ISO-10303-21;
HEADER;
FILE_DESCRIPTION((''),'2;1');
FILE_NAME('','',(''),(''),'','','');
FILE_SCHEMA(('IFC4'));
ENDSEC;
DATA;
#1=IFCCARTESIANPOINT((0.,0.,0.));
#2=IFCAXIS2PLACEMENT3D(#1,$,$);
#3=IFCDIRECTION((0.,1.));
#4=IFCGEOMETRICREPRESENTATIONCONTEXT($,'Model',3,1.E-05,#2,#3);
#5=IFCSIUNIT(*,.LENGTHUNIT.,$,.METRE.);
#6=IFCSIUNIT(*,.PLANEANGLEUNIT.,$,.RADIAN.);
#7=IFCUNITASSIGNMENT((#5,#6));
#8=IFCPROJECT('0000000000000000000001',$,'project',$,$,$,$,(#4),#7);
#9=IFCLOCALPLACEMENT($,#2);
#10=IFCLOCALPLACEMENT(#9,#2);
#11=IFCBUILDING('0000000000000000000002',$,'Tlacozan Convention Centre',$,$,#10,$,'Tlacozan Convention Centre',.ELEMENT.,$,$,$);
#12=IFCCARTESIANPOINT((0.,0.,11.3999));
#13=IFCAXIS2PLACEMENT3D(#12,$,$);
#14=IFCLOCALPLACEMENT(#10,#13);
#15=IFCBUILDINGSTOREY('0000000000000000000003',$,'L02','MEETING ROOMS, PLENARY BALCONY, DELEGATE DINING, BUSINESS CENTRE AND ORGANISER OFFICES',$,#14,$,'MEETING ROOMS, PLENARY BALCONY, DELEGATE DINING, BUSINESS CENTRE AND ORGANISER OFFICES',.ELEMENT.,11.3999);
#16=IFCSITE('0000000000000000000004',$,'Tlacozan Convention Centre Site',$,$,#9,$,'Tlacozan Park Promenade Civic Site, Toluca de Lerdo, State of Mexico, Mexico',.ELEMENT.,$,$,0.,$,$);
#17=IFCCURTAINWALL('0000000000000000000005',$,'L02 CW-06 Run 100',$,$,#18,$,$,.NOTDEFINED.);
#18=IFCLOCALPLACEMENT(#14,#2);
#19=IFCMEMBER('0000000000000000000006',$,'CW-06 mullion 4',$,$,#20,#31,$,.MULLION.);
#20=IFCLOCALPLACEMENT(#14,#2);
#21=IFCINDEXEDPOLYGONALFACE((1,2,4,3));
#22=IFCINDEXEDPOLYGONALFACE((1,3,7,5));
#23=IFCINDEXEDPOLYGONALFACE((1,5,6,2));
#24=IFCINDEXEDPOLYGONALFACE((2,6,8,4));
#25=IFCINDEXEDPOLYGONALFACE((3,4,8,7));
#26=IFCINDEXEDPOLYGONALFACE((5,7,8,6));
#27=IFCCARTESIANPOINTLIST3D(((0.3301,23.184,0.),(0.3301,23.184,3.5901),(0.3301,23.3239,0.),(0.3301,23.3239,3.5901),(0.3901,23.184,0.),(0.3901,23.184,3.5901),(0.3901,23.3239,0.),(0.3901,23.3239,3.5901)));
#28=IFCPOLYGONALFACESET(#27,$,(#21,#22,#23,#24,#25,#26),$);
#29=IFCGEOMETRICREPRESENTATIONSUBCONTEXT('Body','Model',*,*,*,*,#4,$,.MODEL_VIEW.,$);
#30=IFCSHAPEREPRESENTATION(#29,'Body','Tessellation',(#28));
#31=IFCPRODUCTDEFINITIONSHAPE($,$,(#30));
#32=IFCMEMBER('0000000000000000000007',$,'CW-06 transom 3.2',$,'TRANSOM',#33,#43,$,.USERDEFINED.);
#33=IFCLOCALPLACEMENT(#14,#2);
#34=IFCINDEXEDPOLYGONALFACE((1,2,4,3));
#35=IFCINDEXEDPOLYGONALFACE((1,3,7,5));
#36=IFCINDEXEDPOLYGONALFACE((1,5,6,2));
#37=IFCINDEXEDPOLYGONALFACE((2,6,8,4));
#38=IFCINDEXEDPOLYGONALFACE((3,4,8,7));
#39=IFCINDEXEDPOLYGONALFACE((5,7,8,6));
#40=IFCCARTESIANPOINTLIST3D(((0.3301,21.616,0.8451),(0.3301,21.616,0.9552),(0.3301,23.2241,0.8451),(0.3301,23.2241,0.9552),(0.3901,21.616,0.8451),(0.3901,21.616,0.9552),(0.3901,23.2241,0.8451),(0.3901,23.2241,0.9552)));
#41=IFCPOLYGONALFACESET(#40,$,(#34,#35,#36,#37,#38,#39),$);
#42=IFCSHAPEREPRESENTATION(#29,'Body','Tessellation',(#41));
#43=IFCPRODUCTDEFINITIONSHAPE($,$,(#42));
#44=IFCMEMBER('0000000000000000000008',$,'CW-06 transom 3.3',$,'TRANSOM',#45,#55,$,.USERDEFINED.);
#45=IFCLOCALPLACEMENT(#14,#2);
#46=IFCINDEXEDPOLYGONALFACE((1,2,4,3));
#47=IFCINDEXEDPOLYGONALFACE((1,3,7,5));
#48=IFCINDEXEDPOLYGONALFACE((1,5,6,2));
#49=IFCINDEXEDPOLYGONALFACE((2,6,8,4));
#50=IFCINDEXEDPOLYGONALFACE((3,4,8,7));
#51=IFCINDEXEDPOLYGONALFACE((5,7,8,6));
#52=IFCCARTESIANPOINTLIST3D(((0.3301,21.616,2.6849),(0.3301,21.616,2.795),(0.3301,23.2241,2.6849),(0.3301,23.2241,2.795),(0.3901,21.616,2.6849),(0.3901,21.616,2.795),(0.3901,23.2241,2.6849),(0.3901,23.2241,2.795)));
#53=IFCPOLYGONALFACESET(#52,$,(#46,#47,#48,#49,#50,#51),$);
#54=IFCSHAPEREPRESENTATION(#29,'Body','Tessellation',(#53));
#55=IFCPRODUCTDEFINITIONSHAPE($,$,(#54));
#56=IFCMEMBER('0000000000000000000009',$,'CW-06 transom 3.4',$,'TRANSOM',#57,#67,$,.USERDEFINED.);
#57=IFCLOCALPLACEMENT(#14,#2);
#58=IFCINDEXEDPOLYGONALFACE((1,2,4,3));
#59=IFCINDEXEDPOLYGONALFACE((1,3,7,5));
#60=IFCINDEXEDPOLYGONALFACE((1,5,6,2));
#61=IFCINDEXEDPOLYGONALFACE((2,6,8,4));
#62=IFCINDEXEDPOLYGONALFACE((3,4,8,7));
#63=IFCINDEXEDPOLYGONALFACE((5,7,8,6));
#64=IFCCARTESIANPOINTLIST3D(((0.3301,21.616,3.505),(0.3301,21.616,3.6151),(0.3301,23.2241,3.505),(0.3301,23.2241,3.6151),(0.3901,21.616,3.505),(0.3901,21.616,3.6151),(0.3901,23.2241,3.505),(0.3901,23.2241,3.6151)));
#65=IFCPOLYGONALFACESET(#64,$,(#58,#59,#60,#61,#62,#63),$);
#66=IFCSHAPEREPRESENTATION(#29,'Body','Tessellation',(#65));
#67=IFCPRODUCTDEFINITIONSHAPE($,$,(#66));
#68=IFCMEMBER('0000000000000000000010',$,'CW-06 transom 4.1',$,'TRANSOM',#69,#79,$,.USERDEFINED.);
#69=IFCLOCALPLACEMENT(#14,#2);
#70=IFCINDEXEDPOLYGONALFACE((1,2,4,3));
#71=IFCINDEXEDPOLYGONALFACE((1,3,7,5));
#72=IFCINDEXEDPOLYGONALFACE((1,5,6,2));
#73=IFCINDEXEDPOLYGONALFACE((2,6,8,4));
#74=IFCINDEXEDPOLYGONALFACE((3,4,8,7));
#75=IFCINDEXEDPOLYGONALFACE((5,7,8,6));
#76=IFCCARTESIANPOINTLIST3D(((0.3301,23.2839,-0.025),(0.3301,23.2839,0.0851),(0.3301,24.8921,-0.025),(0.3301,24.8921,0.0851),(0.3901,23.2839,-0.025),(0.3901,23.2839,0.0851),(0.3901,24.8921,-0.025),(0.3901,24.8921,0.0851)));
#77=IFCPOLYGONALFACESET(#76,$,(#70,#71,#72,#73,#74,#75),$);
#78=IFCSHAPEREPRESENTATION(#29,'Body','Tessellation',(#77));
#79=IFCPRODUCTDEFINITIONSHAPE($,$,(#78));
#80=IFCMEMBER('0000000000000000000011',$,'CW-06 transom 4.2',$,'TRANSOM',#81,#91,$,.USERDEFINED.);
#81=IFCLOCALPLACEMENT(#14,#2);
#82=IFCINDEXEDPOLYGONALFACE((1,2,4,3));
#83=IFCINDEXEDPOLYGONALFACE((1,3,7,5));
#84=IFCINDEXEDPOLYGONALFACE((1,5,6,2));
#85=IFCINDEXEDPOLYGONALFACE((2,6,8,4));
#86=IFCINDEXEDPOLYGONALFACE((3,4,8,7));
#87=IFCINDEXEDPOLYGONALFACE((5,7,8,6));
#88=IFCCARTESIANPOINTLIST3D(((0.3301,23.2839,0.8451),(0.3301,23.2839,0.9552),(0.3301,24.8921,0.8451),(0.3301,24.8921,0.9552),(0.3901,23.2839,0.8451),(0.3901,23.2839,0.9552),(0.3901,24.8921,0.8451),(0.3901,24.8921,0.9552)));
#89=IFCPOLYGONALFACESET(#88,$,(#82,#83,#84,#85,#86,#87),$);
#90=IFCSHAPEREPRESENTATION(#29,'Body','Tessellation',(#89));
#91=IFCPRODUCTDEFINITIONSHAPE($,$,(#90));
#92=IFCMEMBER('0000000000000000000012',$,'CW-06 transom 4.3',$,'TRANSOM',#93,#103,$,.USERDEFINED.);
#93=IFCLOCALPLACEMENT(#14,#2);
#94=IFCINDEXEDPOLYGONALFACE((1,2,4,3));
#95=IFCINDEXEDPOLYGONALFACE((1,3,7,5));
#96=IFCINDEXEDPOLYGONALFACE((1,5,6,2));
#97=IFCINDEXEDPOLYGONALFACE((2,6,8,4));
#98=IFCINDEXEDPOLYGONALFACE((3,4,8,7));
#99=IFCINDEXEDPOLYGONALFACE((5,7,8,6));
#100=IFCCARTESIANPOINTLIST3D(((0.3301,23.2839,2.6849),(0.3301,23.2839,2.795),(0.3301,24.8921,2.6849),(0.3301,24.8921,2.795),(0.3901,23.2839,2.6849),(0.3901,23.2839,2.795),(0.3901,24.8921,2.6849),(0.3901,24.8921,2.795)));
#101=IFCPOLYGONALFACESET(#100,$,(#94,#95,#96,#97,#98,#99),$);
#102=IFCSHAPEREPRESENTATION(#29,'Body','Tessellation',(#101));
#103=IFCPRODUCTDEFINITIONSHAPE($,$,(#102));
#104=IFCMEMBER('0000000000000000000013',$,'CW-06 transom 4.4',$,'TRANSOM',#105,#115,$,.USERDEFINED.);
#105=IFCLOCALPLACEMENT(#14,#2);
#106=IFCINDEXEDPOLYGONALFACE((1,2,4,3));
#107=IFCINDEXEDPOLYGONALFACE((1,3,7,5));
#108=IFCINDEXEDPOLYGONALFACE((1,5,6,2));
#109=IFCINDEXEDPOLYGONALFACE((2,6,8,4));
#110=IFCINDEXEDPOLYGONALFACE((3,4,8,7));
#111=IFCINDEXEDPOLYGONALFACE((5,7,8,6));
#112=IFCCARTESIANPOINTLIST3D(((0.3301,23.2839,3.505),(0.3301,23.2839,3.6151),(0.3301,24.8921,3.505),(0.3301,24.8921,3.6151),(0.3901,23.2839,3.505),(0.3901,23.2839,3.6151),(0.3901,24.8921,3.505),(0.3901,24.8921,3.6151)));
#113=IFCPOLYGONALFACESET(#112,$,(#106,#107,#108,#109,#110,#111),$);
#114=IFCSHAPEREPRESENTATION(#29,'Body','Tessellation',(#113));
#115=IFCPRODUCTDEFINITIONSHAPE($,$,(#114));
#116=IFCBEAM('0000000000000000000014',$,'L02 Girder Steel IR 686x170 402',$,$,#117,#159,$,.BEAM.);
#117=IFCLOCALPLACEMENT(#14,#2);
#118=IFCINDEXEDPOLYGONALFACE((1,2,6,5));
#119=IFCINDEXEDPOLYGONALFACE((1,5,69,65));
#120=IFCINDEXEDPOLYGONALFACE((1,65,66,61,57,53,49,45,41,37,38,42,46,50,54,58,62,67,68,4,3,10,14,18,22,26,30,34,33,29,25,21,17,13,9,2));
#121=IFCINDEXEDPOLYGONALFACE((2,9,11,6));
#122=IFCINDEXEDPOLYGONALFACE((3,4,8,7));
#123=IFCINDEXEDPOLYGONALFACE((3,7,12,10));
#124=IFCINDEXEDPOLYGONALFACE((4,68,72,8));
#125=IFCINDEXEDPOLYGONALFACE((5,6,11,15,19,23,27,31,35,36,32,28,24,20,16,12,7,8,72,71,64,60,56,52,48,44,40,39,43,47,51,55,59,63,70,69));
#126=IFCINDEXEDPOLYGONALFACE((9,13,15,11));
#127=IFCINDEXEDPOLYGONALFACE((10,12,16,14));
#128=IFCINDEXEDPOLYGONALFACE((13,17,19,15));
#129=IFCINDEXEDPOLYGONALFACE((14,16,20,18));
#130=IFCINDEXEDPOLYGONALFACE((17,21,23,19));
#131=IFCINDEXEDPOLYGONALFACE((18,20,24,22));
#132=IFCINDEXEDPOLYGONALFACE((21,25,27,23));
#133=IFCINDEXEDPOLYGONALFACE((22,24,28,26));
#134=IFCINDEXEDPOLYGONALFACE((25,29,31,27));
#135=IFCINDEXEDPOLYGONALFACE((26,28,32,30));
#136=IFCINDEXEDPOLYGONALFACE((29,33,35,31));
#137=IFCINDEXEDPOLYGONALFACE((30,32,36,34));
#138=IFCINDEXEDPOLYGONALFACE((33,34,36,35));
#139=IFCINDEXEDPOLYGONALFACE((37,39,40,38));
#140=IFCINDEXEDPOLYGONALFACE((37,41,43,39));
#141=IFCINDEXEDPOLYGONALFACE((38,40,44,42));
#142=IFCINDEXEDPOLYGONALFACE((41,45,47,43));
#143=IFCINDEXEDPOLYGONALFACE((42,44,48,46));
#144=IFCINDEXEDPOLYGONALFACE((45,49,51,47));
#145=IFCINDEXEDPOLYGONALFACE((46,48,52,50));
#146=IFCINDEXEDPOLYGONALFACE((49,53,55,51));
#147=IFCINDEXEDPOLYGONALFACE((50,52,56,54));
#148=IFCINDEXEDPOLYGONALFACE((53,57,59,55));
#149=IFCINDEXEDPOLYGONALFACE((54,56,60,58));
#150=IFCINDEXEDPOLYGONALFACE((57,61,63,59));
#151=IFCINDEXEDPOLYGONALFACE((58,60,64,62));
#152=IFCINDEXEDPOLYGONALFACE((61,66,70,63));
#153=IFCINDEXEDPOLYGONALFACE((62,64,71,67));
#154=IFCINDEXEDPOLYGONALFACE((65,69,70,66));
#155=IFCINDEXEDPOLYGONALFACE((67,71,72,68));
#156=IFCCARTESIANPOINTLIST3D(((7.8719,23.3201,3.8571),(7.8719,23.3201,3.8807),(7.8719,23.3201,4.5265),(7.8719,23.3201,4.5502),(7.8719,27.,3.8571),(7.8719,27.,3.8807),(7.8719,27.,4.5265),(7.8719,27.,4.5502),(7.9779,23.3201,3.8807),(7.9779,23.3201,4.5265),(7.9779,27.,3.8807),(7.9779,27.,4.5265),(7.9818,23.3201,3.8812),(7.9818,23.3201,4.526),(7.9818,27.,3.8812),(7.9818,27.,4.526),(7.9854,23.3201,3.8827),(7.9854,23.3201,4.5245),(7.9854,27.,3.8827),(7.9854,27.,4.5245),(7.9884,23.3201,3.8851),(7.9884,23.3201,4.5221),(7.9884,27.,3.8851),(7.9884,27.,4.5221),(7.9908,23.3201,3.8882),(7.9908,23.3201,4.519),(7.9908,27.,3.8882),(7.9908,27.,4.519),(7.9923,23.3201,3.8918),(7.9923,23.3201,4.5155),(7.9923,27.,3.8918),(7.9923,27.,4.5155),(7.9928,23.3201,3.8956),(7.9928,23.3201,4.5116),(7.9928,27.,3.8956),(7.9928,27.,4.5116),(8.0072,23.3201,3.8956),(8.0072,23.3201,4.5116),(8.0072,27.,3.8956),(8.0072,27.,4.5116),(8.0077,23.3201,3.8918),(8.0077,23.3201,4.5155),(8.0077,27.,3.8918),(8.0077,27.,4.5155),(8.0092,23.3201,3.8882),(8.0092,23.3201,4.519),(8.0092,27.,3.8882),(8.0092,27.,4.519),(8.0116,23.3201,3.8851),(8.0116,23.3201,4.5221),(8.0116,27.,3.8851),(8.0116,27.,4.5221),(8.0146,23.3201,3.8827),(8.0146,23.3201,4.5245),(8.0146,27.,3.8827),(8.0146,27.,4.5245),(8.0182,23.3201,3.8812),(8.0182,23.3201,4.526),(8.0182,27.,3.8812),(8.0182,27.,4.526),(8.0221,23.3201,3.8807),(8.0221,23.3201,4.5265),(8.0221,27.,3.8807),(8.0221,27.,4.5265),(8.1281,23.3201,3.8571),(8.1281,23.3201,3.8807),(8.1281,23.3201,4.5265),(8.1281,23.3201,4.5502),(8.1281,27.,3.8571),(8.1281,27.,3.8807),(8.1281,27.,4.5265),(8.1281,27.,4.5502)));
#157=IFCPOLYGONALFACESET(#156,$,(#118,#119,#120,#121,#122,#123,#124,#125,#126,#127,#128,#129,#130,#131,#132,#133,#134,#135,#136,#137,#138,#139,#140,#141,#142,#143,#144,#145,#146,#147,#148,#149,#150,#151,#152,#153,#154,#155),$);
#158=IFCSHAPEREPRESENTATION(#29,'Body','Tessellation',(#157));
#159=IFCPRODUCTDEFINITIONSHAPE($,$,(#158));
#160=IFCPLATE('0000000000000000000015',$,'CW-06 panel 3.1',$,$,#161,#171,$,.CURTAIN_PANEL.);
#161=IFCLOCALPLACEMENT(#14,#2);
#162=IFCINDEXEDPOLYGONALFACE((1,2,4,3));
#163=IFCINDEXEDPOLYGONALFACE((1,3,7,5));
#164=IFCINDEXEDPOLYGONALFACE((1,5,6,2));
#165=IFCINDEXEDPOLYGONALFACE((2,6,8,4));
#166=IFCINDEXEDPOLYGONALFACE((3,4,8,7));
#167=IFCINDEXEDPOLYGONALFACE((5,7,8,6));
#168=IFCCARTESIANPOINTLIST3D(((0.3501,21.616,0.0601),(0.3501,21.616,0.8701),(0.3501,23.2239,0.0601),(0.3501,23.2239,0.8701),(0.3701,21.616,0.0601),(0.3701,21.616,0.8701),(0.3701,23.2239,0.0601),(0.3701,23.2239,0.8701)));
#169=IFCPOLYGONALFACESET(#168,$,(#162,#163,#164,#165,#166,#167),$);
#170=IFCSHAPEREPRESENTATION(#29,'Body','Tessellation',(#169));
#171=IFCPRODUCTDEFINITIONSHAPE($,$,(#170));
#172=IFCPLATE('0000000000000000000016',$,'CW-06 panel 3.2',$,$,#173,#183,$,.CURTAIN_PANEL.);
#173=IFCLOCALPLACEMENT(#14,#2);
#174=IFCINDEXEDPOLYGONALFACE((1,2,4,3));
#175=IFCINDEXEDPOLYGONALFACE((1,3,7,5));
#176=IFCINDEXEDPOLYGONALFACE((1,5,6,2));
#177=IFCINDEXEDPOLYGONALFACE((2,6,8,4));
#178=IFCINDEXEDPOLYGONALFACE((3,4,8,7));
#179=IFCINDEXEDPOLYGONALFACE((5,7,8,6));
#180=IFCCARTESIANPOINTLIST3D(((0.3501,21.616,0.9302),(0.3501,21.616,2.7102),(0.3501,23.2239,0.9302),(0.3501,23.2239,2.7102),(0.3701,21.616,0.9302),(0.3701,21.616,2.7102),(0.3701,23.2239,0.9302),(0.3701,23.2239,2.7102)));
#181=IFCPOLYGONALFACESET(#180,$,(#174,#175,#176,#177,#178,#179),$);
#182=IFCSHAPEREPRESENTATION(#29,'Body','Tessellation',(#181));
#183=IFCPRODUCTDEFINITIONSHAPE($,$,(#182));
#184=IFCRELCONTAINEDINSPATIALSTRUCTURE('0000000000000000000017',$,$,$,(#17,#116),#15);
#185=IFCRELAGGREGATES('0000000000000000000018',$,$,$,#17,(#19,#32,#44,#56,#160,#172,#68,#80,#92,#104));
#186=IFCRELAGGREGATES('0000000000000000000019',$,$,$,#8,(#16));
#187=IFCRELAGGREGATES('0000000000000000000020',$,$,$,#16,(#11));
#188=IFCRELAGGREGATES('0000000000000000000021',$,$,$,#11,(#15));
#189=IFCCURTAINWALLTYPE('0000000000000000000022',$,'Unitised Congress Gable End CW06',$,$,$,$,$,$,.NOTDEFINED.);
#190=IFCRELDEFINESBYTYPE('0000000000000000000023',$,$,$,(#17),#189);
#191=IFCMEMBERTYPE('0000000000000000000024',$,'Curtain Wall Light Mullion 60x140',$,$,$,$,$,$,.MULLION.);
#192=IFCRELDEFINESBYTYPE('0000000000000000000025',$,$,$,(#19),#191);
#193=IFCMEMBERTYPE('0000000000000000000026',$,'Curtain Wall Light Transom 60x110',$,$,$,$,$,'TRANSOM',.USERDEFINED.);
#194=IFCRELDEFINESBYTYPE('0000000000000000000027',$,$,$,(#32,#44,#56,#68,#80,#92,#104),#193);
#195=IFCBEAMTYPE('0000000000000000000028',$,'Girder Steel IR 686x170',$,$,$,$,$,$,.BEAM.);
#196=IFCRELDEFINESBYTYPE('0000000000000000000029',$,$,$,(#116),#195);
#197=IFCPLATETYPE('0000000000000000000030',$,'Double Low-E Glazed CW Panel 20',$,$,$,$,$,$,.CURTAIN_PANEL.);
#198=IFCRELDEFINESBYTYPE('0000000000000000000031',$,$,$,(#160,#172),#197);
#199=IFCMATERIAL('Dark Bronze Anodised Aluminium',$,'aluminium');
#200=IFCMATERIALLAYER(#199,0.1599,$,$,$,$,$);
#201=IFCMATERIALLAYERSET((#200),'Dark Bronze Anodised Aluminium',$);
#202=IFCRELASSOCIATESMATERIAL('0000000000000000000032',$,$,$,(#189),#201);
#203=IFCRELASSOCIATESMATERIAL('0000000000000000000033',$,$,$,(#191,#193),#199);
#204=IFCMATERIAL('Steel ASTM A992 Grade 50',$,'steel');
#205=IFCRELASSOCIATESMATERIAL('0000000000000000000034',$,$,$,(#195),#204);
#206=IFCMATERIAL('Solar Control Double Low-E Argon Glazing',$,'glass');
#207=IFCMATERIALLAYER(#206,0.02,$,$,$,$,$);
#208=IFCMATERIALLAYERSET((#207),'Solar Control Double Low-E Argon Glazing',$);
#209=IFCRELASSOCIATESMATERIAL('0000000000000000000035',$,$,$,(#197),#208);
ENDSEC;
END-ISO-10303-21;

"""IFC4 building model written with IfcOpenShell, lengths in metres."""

from ifc_helpers import new_model, si_unit, direction, frame, origin, origin_2d, place, context, subcontext, project, spatial, rectangle, i_section, extrude, material, layer, layer_set, material_profile, profile_set, type_object, element, aggregate, save


model = new_model("IFC4")

# Units and contexts
model_context = context("Model", 3, precision=1e-05, world=origin(), true_north=direction((0.0, 1.0)))
body_context = subcontext(model_context, "Body", "Model", "MODEL_VIEW")
ifc_project = project(units=[si_unit("LENGTHUNIT", "METRE"), si_unit("PLANEANGLEUNIT", "RADIAN")], contexts=[model_context])

# Site, building, storey
site_placement = place(None, origin())
site = spatial("IfcSite", under=ifc_project, at=site_placement, Name="Tlacozan Convention Centre Site", LongName="Tlacozan Park Promenade Civic Site, Toluca de Lerdo, State of Mexico, Mexico", CompositionType="ELEMENT", RefElevation=0.0)
building_placement = place(site_placement, origin())
building = spatial("IfcBuilding", under=site, at=building_placement, Name="Tlacozan Convention Centre", LongName="Tlacozan Convention Centre", CompositionType="ELEMENT")
storey_placement = place(building_placement, frame((0.0, 0.0, 11.3999)))
storey = spatial("IfcBuildingStorey", under=building, at=storey_placement, Name="L02", Description="MEETING ROOMS, PLENARY BALCONY, DELEGATE DINING, BUSINESS CENTRE AND ORGANISER OFFICES", LongName="MEETING ROOMS, PLENARY BALCONY, DELEGATE DINING, BUSINESS CENTRE AND ORGANISER OFFICES", CompositionType="ELEMENT", Elevation=11.3999)

# Curtain wall, members
ifc_material_1 = material(Name="Dark Bronze Anodised Aluminium", Category="aluminium")
ifc_layer_1 = layer(ifc_material_1, 0.1599)
ifc_layer_set_1 = layer_set([ifc_layer_1], Name="Dark Bronze Anodised Aluminium")
curtain_wall_type = type_object("IfcCurtainWallType", Name="Unitised Congress Gable End CW06", PredefinedType="NOTDEFINED", material=ifc_layer_set_1)
curtain_wall_placement = place(storey_placement, origin())
curtain_wall = element("IfcCurtainWall", 1, at=curtain_wall_placement, inside=storey, type_object=curtain_wall_type, Name="L02 CW-06 Run 100", PredefinedType="NOTDEFINED")
ifc_material_profile_1 = material_profile(ifc_material_1, rectangle(XDim=0.0601, YDim=0.1399, at=origin_2d()), Name="ALU 60x140")
ifc_profile_set_1 = profile_set([ifc_material_profile_1], Name="Dark Bronze Anodised Aluminium")
member_type_1 = type_object("IfcMemberType", Name="Curtain Wall Light Mullion 60x140", PredefinedType="MULLION", material=ifc_profile_set_1)
member_1_placement = place(storey_placement, frame((0.3601, 23.2539, 0.0), z_axis=(0.0, 0.0, 1.0), x_axis=(-1.0, 0.0, 0.0)))
member_1 = element("IfcMember", 2, at=member_1_placement, type_object=member_type_1, Name="CW-06 mullion 4", PredefinedType="MULLION", context=body_context, shape_type="SweptSolid", body=[
    extrude(rectangle(XDim=0.0601, YDim=0.1399, at=origin_2d()), origin(), (0.0, 0.0, 1.0), 3.5901),
])
ifc_material_profile_2 = material_profile(ifc_material_1, rectangle(XDim=0.0601, YDim=0.1101, at=origin_2d()), Name="ALU 60x110")
ifc_profile_set_2 = profile_set([ifc_material_profile_2], Name="Dark Bronze Anodised Aluminium")
member_type_2 = type_object("IfcMemberType", Name="Curtain Wall Light Transom 60x110", ElementType="TRANSOM", PredefinedType="USERDEFINED", material=ifc_profile_set_2)
member_2_placement = place(storey_placement, frame((0.3601, 21.616, 0.9001), z_axis=(0.0, 1.0, 0.0), x_axis=(-1.0, 0.0, 0.0)))
member_2 = element("IfcMember", 3, at=member_2_placement, type_object=member_type_2, Name="CW-06 transom 3.2", ObjectType="TRANSOM", PredefinedType="USERDEFINED", context=body_context, shape_type="SweptSolid", body=[
    extrude(rectangle(XDim=0.0601, YDim=0.1101, at=origin_2d()), origin(), (0.0, 0.0, 1.0), 1.6082),
])
member_3_placement = place(storey_placement, frame((0.3601, 21.616, 2.74), z_axis=(0.0, 1.0, 0.0), x_axis=(-1.0, 0.0, 0.0)))
member_3 = element("IfcMember", 4, at=member_3_placement, type_object=member_type_2, Name="CW-06 transom 3.3", ObjectType="TRANSOM", PredefinedType="USERDEFINED", context=body_context, shape_type="SweptSolid", body=[
    extrude(rectangle(XDim=0.0601, YDim=0.1101, at=origin_2d()), origin(), (0.0, 0.0, 1.0), 1.6082),
])
member_4_placement = place(storey_placement, frame((0.3601, 21.616, 3.5601), z_axis=(0.0, 1.0, 0.0), x_axis=(-1.0, 0.0, 0.0)))
member_4 = element("IfcMember", 5, at=member_4_placement, type_object=member_type_2, Name="CW-06 transom 3.4", ObjectType="TRANSOM", PredefinedType="USERDEFINED", context=body_context, shape_type="SweptSolid", body=[
    extrude(rectangle(XDim=0.0601, YDim=0.1101, at=origin_2d()), origin(), (0.0, 0.0, 1.0), 1.6082),
])
member_5_placement = place(storey_placement, frame((0.3601, 23.2839, 0.03), z_axis=(0.0, 1.0, 0.0), x_axis=(-1.0, 0.0, 0.0)))
member_5 = element("IfcMember", 6, at=member_5_placement, type_object=member_type_2, Name="CW-06 transom 4.1", ObjectType="TRANSOM", PredefinedType="USERDEFINED", context=body_context, shape_type="SweptSolid", body=[
    extrude(rectangle(XDim=0.0601, YDim=0.1101, at=origin_2d()), origin(), (0.0, 0.0, 1.0), 1.6082),
])
member_6_placement = place(storey_placement, frame((0.3601, 23.2839, 0.9001), z_axis=(0.0, 1.0, 0.0), x_axis=(-1.0, 0.0, 0.0)))
member_6 = element("IfcMember", 7, at=member_6_placement, type_object=member_type_2, Name="CW-06 transom 4.2", ObjectType="TRANSOM", PredefinedType="USERDEFINED", context=body_context, shape_type="SweptSolid", body=[
    extrude(rectangle(XDim=0.0601, YDim=0.1101, at=origin_2d()), origin(), (0.0, 0.0, 1.0), 1.6082),
])
member_7_placement = place(storey_placement, frame((0.3601, 23.2839, 2.74), z_axis=(0.0, 1.0, 0.0), x_axis=(-1.0, 0.0, 0.0)))
member_7 = element("IfcMember", 8, at=member_7_placement, type_object=member_type_2, Name="CW-06 transom 4.3", ObjectType="TRANSOM", PredefinedType="USERDEFINED", context=body_context, shape_type="SweptSolid", body=[
    extrude(rectangle(XDim=0.0601, YDim=0.1101, at=origin_2d()), origin(), (0.0, 0.0, 1.0), 1.6082),
])
member_8_placement = place(storey_placement, frame((0.3601, 23.2839, 3.5601), z_axis=(0.0, 1.0, 0.0), x_axis=(-1.0, 0.0, 0.0)))
member_8 = element("IfcMember", 9, at=member_8_placement, type_object=member_type_2, Name="CW-06 transom 4.4", ObjectType="TRANSOM", PredefinedType="USERDEFINED", context=body_context, shape_type="SweptSolid", body=[
    extrude(rectangle(XDim=0.0601, YDim=0.1101, at=origin_2d()), origin(), (0.0, 0.0, 1.0), 1.6082),
])

# Beam
ifc_material_2 = material(Name="Steel ASTM A992 Grade 50", Category="steel")
ifc_material_profile_3 = material_profile(ifc_material_2, i_section(OverallWidth=0.2561, OverallDepth=0.6931, WebThickness=0.0144, FlangeThickness=0.0237, FilletRadius=0.0149, at=origin_2d()), Name="IR 686x170.0")
ifc_profile_set_3 = profile_set([ifc_material_profile_3], Name="Steel ASTM A992 Grade 50")
beam_type = type_object("IfcBeamType", Name="Girder Steel IR 686x170", PredefinedType="BEAM", material=ifc_profile_set_3)
beam_placement = place(storey_placement, frame((8.0, 23.3201, 4.2036), z_axis=(0.0, 1.0, 0.0), x_axis=(-1.0, 0.0, 0.0)))
element("IfcBeam", 10, at=beam_placement, inside=storey, type_object=beam_type, Name="L02 Girder Steel IR 686x170 402", PredefinedType="BEAM", context=body_context, shape_type="SweptSolid", body=[
    extrude(i_section(OverallWidth=0.2561, OverallDepth=0.6931, WebThickness=0.0144, FlangeThickness=0.0237, FilletRadius=0.0149, at=origin_2d()), origin(), (0.0, 0.0, 1.0), 3.6799),
])

# Plates
ifc_material_3 = material(Name="Solar Control Double Low-E Argon Glazing", Category="glass")
ifc_layer_2 = layer(ifc_material_3, 0.02)
ifc_layer_set_2 = layer_set([ifc_layer_2], Name="Solar Control Double Low-E Argon Glazing")
plate_type = type_object("IfcPlateType", Name="Double Low-E Glazed CW Panel 20", PredefinedType="CURTAIN_PANEL", material=ifc_layer_set_2)
plate_1_placement = place(storey_placement, frame((0.3601, 22.4199, 0.0601), z_axis=(0.0, 0.0, 1.0), x_axis=(0.0, 1.0, 0.0)))
plate_1 = element("IfcPlate", 11, at=plate_1_placement, type_object=plate_type, Name="CW-06 panel 3.1", PredefinedType="CURTAIN_PANEL", context=body_context, shape_type="SweptSolid", body=[
    extrude(rectangle(XDim=1.6079, YDim=0.02, at=origin_2d()), origin(), (0.0, 0.0, 1.0), 0.8101),
])
plate_2_placement = place(storey_placement, frame((0.3601, 22.4199, 0.9302), z_axis=(0.0, 0.0, 1.0), x_axis=(0.0, 1.0, 0.0)))
plate_2 = element("IfcPlate", 12, at=plate_2_placement, type_object=plate_type, Name="CW-06 panel 3.2", PredefinedType="CURTAIN_PANEL", context=body_context, shape_type="SweptSolid", body=[
    extrude(rectangle(XDim=1.6079, YDim=0.02, at=origin_2d()), origin(), (0.0, 0.0, 1.0), 1.78),
])
aggregate(curtain_wall, [member_1, member_2, member_3, member_4, plate_1, plate_2, member_5, member_6, member_7, member_8])

save(model, "model.ifc")
